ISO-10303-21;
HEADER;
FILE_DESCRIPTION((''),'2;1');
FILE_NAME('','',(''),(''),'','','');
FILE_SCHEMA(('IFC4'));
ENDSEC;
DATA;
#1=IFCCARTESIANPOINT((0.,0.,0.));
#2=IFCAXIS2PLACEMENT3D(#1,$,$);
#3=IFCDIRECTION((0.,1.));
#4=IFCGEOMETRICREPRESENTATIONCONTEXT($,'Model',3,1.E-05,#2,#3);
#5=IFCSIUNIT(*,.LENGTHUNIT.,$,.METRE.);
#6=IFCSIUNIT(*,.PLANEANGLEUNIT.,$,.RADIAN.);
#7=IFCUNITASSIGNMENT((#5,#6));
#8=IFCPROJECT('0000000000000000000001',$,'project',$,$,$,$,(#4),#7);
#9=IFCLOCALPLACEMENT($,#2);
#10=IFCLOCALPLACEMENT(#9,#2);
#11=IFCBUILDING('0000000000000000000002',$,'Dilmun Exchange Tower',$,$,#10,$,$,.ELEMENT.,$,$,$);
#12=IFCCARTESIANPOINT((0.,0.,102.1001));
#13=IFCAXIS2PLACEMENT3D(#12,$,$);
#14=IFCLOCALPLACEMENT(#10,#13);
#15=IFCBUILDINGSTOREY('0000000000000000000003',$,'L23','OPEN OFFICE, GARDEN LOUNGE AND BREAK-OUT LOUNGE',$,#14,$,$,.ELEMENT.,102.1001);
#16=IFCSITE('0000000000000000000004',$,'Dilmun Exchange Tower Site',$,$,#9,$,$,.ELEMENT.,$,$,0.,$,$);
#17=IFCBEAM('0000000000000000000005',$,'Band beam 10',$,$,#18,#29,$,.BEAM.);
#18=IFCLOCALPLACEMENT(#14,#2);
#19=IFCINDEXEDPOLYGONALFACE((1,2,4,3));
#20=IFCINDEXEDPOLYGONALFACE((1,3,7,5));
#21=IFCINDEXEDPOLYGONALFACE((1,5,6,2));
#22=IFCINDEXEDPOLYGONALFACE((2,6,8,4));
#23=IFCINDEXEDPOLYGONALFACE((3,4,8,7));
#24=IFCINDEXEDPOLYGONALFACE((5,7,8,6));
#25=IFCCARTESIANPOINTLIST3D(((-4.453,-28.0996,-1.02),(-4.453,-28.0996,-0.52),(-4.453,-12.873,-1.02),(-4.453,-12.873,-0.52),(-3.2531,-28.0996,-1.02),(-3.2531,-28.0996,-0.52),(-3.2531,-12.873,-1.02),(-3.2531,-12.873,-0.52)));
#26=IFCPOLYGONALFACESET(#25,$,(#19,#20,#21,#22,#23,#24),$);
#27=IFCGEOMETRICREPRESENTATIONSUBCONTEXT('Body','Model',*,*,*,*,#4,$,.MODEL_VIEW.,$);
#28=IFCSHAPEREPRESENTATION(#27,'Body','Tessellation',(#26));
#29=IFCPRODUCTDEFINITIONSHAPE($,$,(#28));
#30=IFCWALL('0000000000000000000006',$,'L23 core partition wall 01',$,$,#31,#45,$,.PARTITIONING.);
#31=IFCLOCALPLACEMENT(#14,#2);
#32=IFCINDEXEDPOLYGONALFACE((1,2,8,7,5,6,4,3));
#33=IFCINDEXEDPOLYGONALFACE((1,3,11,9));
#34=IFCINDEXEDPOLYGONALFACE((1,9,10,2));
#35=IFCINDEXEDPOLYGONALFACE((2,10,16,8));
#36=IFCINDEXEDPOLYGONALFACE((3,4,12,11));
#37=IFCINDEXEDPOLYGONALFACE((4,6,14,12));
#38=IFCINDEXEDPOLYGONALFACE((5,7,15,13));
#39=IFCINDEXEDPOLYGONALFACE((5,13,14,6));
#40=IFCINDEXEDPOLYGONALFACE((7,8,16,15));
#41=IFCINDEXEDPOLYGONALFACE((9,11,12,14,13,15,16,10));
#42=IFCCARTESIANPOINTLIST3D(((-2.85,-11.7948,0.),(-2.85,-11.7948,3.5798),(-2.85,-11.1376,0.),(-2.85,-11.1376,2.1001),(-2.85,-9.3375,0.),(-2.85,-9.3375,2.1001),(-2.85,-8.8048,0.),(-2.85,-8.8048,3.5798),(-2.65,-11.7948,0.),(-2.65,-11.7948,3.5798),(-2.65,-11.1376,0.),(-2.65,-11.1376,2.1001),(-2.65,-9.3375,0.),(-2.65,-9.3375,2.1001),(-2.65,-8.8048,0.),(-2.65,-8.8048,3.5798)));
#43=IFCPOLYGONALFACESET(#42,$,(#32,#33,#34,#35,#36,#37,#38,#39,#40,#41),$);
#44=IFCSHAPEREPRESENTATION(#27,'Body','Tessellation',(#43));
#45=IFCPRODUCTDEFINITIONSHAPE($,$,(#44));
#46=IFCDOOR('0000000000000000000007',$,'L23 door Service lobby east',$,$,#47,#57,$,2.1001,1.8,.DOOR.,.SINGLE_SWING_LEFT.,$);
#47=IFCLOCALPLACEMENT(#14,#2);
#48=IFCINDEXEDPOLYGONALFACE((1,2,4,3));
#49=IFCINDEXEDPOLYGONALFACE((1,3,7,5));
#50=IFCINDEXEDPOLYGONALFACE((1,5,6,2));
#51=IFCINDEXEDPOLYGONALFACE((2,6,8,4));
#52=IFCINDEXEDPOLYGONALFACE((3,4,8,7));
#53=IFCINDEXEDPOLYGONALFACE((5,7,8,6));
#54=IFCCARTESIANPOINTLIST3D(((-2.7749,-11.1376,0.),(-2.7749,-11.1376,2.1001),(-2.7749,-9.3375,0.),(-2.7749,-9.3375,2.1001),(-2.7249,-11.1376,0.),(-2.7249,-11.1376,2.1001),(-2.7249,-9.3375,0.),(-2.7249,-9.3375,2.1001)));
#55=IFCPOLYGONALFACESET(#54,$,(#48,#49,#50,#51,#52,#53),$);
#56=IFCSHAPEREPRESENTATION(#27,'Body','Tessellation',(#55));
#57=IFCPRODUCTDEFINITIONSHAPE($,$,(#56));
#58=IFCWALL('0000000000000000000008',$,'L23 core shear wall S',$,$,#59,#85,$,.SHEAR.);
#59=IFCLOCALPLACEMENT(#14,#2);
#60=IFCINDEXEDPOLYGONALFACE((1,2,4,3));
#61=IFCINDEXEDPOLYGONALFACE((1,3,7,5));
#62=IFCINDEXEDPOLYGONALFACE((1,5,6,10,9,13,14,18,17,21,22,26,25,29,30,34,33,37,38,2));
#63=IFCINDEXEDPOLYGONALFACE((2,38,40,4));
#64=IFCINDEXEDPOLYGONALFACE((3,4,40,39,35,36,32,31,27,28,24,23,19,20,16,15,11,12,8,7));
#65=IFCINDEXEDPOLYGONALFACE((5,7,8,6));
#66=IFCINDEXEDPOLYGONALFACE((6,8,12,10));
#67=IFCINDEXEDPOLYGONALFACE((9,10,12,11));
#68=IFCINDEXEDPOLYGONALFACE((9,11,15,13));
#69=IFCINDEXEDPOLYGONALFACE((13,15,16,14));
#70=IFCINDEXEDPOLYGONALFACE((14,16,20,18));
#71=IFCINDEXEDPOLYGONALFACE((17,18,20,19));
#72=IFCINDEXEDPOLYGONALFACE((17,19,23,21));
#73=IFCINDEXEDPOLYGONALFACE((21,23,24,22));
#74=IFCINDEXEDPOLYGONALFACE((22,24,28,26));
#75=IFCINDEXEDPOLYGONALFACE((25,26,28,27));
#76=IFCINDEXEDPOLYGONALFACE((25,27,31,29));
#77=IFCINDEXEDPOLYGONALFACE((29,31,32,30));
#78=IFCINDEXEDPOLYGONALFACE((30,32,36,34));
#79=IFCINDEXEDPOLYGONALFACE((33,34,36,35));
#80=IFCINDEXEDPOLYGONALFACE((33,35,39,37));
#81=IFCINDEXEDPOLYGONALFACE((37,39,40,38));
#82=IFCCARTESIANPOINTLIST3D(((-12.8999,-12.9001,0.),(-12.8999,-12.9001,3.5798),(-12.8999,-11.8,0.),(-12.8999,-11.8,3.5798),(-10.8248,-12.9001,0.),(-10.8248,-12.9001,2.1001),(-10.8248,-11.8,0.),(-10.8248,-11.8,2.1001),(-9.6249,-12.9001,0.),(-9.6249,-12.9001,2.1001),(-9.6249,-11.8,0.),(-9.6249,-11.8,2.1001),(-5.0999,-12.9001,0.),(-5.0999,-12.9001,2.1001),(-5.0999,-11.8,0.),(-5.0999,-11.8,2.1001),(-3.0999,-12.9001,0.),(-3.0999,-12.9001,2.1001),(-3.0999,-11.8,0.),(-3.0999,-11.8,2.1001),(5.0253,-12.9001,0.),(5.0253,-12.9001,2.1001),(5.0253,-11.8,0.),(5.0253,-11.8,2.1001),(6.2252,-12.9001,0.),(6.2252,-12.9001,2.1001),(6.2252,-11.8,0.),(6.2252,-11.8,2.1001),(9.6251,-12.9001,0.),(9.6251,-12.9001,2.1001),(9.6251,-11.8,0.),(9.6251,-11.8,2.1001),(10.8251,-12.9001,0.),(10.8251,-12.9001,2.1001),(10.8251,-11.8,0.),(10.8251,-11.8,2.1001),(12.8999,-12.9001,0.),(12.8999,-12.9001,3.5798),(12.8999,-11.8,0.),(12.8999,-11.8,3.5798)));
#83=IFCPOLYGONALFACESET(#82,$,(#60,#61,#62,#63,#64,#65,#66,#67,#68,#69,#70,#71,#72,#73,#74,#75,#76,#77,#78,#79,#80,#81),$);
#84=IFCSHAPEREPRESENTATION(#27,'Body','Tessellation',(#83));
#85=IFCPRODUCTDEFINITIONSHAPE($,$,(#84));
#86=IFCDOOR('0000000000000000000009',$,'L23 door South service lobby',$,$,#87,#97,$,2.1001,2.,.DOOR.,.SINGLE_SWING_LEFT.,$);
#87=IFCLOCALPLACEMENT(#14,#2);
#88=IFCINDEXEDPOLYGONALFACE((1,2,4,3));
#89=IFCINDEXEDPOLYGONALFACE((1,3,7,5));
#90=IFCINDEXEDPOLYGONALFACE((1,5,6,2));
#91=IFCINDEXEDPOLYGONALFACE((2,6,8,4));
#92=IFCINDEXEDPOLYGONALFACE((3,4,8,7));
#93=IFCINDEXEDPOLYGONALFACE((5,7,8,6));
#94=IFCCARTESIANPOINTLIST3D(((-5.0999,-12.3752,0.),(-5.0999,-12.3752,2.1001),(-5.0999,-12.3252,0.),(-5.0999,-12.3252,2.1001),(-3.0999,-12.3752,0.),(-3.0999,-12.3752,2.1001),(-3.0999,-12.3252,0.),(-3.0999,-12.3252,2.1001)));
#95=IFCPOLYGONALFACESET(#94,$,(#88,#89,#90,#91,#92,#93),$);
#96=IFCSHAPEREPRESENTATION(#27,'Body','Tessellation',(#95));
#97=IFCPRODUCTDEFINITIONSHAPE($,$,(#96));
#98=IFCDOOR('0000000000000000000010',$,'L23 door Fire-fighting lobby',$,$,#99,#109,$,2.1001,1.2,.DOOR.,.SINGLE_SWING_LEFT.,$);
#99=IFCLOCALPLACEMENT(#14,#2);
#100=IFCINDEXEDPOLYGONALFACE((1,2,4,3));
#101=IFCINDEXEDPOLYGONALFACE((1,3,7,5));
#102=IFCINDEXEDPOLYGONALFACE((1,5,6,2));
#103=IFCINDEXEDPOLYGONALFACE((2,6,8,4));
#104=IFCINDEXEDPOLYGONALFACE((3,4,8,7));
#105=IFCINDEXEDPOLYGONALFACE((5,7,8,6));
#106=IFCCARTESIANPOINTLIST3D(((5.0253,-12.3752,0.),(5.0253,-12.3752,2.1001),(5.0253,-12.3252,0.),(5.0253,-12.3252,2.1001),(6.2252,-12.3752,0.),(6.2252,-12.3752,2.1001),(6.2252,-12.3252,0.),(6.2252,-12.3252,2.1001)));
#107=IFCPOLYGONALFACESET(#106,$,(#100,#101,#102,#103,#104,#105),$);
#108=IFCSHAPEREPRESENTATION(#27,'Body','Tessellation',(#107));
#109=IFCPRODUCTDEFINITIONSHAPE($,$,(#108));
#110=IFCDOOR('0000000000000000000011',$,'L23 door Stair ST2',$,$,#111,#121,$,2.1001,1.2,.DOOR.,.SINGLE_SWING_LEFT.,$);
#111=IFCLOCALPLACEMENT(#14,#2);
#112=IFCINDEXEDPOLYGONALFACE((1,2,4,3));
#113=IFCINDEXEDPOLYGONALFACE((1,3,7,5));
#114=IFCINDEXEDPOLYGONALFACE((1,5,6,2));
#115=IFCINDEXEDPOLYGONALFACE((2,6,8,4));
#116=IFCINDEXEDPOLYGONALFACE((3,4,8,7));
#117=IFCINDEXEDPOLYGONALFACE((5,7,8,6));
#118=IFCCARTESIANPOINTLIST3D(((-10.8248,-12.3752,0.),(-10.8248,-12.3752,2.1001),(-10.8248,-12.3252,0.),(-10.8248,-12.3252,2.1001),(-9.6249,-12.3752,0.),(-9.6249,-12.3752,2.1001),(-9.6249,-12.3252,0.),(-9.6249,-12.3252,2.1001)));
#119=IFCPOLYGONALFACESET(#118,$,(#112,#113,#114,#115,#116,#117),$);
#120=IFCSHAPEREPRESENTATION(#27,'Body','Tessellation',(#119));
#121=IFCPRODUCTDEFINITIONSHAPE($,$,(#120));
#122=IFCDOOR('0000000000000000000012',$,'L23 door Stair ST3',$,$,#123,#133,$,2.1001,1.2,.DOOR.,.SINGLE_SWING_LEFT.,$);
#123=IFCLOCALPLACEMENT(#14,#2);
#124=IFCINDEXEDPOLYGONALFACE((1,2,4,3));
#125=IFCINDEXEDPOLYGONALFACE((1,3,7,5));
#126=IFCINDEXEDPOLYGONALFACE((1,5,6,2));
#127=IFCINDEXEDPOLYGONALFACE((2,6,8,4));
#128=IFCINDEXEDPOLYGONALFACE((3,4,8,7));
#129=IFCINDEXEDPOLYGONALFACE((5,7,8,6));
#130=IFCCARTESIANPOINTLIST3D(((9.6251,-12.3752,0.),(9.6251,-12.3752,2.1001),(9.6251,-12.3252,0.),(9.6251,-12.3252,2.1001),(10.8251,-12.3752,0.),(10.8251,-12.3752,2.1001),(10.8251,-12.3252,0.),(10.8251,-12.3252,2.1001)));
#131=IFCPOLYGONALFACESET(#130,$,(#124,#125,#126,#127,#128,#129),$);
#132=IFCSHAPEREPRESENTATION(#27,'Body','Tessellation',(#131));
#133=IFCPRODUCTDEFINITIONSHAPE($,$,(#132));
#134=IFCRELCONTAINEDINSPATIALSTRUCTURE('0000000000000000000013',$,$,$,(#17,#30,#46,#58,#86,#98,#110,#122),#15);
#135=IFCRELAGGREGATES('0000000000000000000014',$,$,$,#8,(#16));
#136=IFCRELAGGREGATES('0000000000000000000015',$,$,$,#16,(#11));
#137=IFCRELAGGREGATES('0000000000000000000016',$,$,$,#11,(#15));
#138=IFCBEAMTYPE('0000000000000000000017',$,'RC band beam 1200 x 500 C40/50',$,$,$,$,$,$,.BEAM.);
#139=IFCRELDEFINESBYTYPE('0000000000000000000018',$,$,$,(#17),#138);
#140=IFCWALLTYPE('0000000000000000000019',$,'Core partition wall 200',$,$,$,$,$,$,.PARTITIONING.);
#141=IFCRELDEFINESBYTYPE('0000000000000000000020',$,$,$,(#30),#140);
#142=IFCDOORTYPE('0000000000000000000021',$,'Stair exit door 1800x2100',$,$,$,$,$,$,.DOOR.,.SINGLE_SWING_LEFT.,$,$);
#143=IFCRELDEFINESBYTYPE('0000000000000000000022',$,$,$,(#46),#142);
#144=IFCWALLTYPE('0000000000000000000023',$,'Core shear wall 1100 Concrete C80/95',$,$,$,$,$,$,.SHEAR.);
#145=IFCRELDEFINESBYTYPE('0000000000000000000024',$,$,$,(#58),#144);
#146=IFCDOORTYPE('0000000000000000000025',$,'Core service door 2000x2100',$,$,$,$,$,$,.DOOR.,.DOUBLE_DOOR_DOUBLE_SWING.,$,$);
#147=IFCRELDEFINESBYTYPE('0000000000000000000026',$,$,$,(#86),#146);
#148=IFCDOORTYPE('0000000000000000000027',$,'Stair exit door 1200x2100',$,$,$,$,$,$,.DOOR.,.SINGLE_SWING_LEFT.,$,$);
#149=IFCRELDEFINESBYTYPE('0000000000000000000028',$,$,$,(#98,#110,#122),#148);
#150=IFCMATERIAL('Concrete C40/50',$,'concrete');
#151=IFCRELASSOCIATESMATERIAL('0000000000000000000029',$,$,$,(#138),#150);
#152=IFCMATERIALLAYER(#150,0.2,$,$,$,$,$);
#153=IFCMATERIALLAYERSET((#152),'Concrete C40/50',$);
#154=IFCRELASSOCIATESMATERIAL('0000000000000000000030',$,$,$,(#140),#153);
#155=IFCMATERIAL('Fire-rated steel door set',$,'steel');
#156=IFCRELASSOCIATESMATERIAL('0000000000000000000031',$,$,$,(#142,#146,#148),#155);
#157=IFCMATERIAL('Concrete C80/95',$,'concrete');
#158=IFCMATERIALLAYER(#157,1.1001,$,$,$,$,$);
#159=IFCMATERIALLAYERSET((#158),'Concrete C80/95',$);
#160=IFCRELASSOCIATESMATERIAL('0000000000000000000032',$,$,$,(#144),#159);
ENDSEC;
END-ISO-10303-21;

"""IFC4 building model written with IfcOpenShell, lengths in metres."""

from ifc_helpers import new_model, si_unit, direction, frame, frame_2d, origin, origin_2d, place, context, subcontext, project, spatial, rectangle, extrude, material, layer, layer_set, material_profile, profile_set, type_object, element, fill, save


model = new_model("IFC4")

# Units and contexts
model_context = context("Model", 3, precision=1e-05, world=origin(), true_north=direction((0.0, 1.0)))
body_context = subcontext(model_context, "Body", "Model", "MODEL_VIEW")
ifc_project = project(units=[si_unit("LENGTHUNIT", "METRE"), si_unit("PLANEANGLEUNIT", "RADIAN")], contexts=[model_context])

# Site, building, storey
site_placement = place(None, origin())
site = spatial("IfcSite", under=ifc_project, at=site_placement, Name="Dilmun Exchange Tower Site", CompositionType="ELEMENT", RefElevation=0.0)
building_placement = place(site_placement, origin())
building = spatial("IfcBuilding", under=site, at=building_placement, Name="Dilmun Exchange Tower", CompositionType="ELEMENT")
storey_placement = place(building_placement, frame((0.0, 0.0, 102.1001)))
storey = spatial("IfcBuildingStorey", under=building, at=storey_placement, Name="L23", Description="OPEN OFFICE, GARDEN LOUNGE AND BREAK-OUT LOUNGE", CompositionType="ELEMENT", Elevation=102.1001)

# Beam
ifc_material_1 = material(Name="Concrete C40/50", Category="concrete")
ifc_material_profile = material_profile(ifc_material_1, rectangle(XDim=1.2, YDim=0.5, at=origin_2d()), Name="1200 x 500")
ifc_profile_set = profile_set([ifc_material_profile], Name="Concrete C40/50")
beam_type = type_object("IfcBeamType", Name="RC band beam 1200 x 500 C40/50", PredefinedType="BEAM", material=ifc_profile_set)
beam_placement = place(storey_placement, frame((-3.853, -28.0996, -0.77), z_axis=(0.0, 1.0, 0.0), x_axis=(-1.0, 0.0, 0.0)))
element("IfcBeam", 1, at=beam_placement, inside=storey, type_object=beam_type, Name="Band beam 10", PredefinedType="BEAM", context=body_context, shape_type="SweptSolid", body=[
    extrude(rectangle(XDim=1.2, YDim=0.5, at=origin_2d()), origin(), (0.0, 0.0, 1.0), 15.2266),
])

# Wall, opening, door
ifc_layer_1 = layer(ifc_material_1, 0.2)
ifc_layer_set_1 = layer_set([ifc_layer_1], Name="Concrete C40/50")
wall_type_1 = type_object("IfcWallType", Name="Core partition wall 200", PredefinedType="PARTITIONING", material=ifc_layer_set_1)
wall_1_placement = place(storey_placement, frame((-2.75, -11.7949, 0.0), z_axis=(0.0, 0.0, 1.0), x_axis=(0.0, 1.0, 0.0)))
wall_1 = element("IfcWall", 2, at=wall_1_placement, inside=storey, type_object=wall_type_1, Name="L23 core partition wall 01", PredefinedType="PARTITIONING", context=body_context, shape_type="SweptSolid", body=[
    extrude(rectangle(XDim=2.99, YDim=0.2, at=frame_2d((1.4951, 0.0))), origin(), (0.0, 0.0, 1.0), 3.5798),
])
opening_1_placement = place(wall_1_placement, frame((0.6575, 0.0, 0.0)))
opening_1 = element("IfcOpeningElement", 3, at=opening_1_placement, cuts=wall_1, PredefinedType="OPENING", context=body_context, shape_type="SweptSolid", body=[
    extrude(rectangle(XDim=1.8, YDim=2.1001, at=frame_2d((0.8999, 1.05))), frame((0.0, 0.1099, 0.0), z_axis=(0.0, -1.0, 0.0), x_axis=(1.0, 0.0, 0.0)), (0.0, 0.0, 1.0), 0.22),
])
ifc_material_2 = material(Name="Fire-rated steel door set", Category="steel")
door_type_1 = type_object("IfcDoorType", Name="Stair exit door 1800x2100", OperationType="SINGLE_SWING_LEFT", PredefinedType="DOOR", material=ifc_material_2)
door_1_placement = place(opening_1_placement, origin())
door_1 = element("IfcDoor", 4, at=door_1_placement, inside=storey, type_object=door_type_1, Name="L23 door Service lobby east", OperationType="SINGLE_SWING_LEFT", OverallHeight=2.1001, OverallWidth=1.8, PredefinedType="DOOR", context=body_context, shape_type="SweptSolid", body=[
    extrude(rectangle(XDim=1.8, YDim=2.1001, at=frame_2d((0.8999, 1.05))), frame((0.0, 0.0249, 0.0), z_axis=(0.0, -1.0, 0.0), x_axis=(1.0, 0.0, 0.0)), (0.0, 0.0, 1.0), 0.05),
])
fill(opening_1, door_1)

# Wall, openings, doors
ifc_material_3 = material(Name="Concrete C80/95", Category="concrete")
ifc_layer_2 = layer(ifc_material_3, 1.1001)
ifc_layer_set_2 = layer_set([ifc_layer_2], Name="Concrete C80/95")
wall_type_2 = type_object("IfcWallType", Name="Core shear wall 1100 Concrete C80/95", PredefinedType="SHEAR", material=ifc_layer_set_2)
wall_2_placement = place(storey_placement, frame((-12.8999, -12.3501, 0.0), z_axis=(0.0, 0.0, 1.0), x_axis=(1.0, 0.0, 0.0)))
wall_2 = element("IfcWall", 5, at=wall_2_placement, inside=storey, type_object=wall_type_2, Name="L23 core shear wall S", PredefinedType="SHEAR", context=body_context, shape_type="SweptSolid", body=[
    extrude(rectangle(XDim=25.7998, YDim=1.1001, at=frame_2d((12.8999, 0.0))), origin(), (0.0, 0.0, 1.0), 3.5798),
])
opening_2_placement = place(wall_2_placement, frame((7.8, 0.0, 0.0)))
opening_2 = element("IfcOpeningElement", 6, at=opening_2_placement, cuts=wall_2, PredefinedType="OPENING", context=body_context, shape_type="SweptSolid", body=[
    extrude(rectangle(XDim=2.0, YDim=2.1001, at=frame_2d((1.0, 1.05))), frame((0.0, 0.5601, 0.0), z_axis=(0.0, -1.0, 0.0), x_axis=(1.0, 0.0, 0.0)), (0.0, 0.0, 1.0), 1.1201),
])
opening_3_placement = place(wall_2_placement, frame((17.925, 0.0, 0.0)))
opening_3 = element("IfcOpeningElement", 7, at=opening_3_placement, cuts=wall_2, PredefinedType="OPENING", context=body_context, shape_type="SweptSolid", body=[
    extrude(rectangle(XDim=1.2, YDim=2.1001, at=frame_2d((0.6001, 1.05))), frame((0.0, 0.5601, 0.0), z_axis=(0.0, -1.0, 0.0), x_axis=(1.0, 0.0, 0.0)), (0.0, 0.0, 1.0), 1.1201),
])
opening_4_placement = place(wall_2_placement, frame((2.075, 0.0, 0.0)))
opening_4 = element("IfcOpeningElement", 8, at=opening_4_placement, cuts=wall_2, PredefinedType="OPENING", context=body_context, shape_type="SweptSolid", body=[
    extrude(rectangle(XDim=1.2, YDim=2.1001, at=frame_2d((0.6001, 1.05))), frame((0.0, 0.5601, 0.0), z_axis=(0.0, -1.0, 0.0), x_axis=(1.0, 0.0, 0.0)), (0.0, 0.0, 1.0), 1.1201),
])
opening_5_placement = place(wall_2_placement, frame((22.5249, 0.0, 0.0)))
opening_5 = element("IfcOpeningElement", 9, at=opening_5_placement, cuts=wall_2, PredefinedType="OPENING", context=body_context, shape_type="SweptSolid", body=[
    extrude(rectangle(XDim=1.2, YDim=2.1001, at=frame_2d((0.6001, 1.05))), frame((0.0, 0.5601, 0.0), z_axis=(0.0, -1.0, 0.0), x_axis=(1.0, 0.0, 0.0)), (0.0, 0.0, 1.0), 1.1201),
])
door_type_2 = type_object("IfcDoorType", Name="Core service door 2000x2100", OperationType="DOUBLE_DOOR_DOUBLE_SWING", PredefinedType="DOOR", material=ifc_material_2)
door_2_placement = place(opening_2_placement, origin())
door_2 = element("IfcDoor", 10, at=door_2_placement, inside=storey, type_object=door_type_2, Name="L23 door South service lobby", OperationType="SINGLE_SWING_LEFT", OverallHeight=2.1001, OverallWidth=2.0, PredefinedType="DOOR", context=body_context, shape_type="SweptSolid", body=[
    extrude(rectangle(XDim=2.0, YDim=2.1001, at=frame_2d((1.0, 1.05))), frame((0.0, 0.0249, 0.0), z_axis=(0.0, -1.0, 0.0), x_axis=(1.0, 0.0, 0.0)), (0.0, 0.0, 1.0), 0.05),
])
fill(opening_2, door_2)
door_type_3 = type_object("IfcDoorType", Name="Stair exit door 1200x2100", OperationType="SINGLE_SWING_LEFT", PredefinedType="DOOR", material=ifc_material_2)
door_3_placement = place(opening_3_placement, origin())
door_3 = element("IfcDoor", 11, at=door_3_placement, inside=storey, type_object=door_type_3, Name="L23 door Fire-fighting lobby", OperationType="SINGLE_SWING_LEFT", OverallHeight=2.1001, OverallWidth=1.2, PredefinedType="DOOR", context=body_context, shape_type="SweptSolid", body=[
    extrude(rectangle(XDim=1.2, YDim=2.1001, at=frame_2d((0.6001, 1.05))), frame((0.0, 0.0249, 0.0), z_axis=(0.0, -1.0, 0.0), x_axis=(1.0, 0.0, 0.0)), (0.0, 0.0, 1.0), 0.05),
])
fill(opening_3, door_3)
door_4_placement = place(opening_4_placement, origin())
door_4 = element("IfcDoor", 12, at=door_4_placement, inside=storey, type_object=door_type_3, Name="L23 door Stair ST2", OperationType="SINGLE_SWING_LEFT", OverallHeight=2.1001, OverallWidth=1.2, PredefinedType="DOOR", context=body_context, shape_type="SweptSolid", body=[
    extrude(rectangle(XDim=1.2, YDim=2.1001, at=frame_2d((0.6001, 1.05))), frame((0.0, 0.0249, 0.0), z_axis=(0.0, -1.0, 0.0), x_axis=(1.0, 0.0, 0.0)), (0.0, 0.0, 1.0), 0.05),
])
fill(opening_4, door_4)
door_5_placement = place(opening_5_placement, origin())
door_5 = element("IfcDoor", 13, at=door_5_placement, inside=storey, type_object=door_type_3, Name="L23 door Stair ST3", OperationType="SINGLE_SWING_LEFT", OverallHeight=2.1001, OverallWidth=1.2, PredefinedType="DOOR", context=body_context, shape_type="SweptSolid", body=[
    extrude(rectangle(XDim=1.2, YDim=2.1001, at=frame_2d((0.6001, 1.05))), frame((0.0, 0.0249, 0.0), z_axis=(0.0, -1.0, 0.0), x_axis=(1.0, 0.0, 0.0)), (0.0, 0.0, 1.0), 0.05),
])
fill(opening_5, door_5)

save(model, "model.ifc")
